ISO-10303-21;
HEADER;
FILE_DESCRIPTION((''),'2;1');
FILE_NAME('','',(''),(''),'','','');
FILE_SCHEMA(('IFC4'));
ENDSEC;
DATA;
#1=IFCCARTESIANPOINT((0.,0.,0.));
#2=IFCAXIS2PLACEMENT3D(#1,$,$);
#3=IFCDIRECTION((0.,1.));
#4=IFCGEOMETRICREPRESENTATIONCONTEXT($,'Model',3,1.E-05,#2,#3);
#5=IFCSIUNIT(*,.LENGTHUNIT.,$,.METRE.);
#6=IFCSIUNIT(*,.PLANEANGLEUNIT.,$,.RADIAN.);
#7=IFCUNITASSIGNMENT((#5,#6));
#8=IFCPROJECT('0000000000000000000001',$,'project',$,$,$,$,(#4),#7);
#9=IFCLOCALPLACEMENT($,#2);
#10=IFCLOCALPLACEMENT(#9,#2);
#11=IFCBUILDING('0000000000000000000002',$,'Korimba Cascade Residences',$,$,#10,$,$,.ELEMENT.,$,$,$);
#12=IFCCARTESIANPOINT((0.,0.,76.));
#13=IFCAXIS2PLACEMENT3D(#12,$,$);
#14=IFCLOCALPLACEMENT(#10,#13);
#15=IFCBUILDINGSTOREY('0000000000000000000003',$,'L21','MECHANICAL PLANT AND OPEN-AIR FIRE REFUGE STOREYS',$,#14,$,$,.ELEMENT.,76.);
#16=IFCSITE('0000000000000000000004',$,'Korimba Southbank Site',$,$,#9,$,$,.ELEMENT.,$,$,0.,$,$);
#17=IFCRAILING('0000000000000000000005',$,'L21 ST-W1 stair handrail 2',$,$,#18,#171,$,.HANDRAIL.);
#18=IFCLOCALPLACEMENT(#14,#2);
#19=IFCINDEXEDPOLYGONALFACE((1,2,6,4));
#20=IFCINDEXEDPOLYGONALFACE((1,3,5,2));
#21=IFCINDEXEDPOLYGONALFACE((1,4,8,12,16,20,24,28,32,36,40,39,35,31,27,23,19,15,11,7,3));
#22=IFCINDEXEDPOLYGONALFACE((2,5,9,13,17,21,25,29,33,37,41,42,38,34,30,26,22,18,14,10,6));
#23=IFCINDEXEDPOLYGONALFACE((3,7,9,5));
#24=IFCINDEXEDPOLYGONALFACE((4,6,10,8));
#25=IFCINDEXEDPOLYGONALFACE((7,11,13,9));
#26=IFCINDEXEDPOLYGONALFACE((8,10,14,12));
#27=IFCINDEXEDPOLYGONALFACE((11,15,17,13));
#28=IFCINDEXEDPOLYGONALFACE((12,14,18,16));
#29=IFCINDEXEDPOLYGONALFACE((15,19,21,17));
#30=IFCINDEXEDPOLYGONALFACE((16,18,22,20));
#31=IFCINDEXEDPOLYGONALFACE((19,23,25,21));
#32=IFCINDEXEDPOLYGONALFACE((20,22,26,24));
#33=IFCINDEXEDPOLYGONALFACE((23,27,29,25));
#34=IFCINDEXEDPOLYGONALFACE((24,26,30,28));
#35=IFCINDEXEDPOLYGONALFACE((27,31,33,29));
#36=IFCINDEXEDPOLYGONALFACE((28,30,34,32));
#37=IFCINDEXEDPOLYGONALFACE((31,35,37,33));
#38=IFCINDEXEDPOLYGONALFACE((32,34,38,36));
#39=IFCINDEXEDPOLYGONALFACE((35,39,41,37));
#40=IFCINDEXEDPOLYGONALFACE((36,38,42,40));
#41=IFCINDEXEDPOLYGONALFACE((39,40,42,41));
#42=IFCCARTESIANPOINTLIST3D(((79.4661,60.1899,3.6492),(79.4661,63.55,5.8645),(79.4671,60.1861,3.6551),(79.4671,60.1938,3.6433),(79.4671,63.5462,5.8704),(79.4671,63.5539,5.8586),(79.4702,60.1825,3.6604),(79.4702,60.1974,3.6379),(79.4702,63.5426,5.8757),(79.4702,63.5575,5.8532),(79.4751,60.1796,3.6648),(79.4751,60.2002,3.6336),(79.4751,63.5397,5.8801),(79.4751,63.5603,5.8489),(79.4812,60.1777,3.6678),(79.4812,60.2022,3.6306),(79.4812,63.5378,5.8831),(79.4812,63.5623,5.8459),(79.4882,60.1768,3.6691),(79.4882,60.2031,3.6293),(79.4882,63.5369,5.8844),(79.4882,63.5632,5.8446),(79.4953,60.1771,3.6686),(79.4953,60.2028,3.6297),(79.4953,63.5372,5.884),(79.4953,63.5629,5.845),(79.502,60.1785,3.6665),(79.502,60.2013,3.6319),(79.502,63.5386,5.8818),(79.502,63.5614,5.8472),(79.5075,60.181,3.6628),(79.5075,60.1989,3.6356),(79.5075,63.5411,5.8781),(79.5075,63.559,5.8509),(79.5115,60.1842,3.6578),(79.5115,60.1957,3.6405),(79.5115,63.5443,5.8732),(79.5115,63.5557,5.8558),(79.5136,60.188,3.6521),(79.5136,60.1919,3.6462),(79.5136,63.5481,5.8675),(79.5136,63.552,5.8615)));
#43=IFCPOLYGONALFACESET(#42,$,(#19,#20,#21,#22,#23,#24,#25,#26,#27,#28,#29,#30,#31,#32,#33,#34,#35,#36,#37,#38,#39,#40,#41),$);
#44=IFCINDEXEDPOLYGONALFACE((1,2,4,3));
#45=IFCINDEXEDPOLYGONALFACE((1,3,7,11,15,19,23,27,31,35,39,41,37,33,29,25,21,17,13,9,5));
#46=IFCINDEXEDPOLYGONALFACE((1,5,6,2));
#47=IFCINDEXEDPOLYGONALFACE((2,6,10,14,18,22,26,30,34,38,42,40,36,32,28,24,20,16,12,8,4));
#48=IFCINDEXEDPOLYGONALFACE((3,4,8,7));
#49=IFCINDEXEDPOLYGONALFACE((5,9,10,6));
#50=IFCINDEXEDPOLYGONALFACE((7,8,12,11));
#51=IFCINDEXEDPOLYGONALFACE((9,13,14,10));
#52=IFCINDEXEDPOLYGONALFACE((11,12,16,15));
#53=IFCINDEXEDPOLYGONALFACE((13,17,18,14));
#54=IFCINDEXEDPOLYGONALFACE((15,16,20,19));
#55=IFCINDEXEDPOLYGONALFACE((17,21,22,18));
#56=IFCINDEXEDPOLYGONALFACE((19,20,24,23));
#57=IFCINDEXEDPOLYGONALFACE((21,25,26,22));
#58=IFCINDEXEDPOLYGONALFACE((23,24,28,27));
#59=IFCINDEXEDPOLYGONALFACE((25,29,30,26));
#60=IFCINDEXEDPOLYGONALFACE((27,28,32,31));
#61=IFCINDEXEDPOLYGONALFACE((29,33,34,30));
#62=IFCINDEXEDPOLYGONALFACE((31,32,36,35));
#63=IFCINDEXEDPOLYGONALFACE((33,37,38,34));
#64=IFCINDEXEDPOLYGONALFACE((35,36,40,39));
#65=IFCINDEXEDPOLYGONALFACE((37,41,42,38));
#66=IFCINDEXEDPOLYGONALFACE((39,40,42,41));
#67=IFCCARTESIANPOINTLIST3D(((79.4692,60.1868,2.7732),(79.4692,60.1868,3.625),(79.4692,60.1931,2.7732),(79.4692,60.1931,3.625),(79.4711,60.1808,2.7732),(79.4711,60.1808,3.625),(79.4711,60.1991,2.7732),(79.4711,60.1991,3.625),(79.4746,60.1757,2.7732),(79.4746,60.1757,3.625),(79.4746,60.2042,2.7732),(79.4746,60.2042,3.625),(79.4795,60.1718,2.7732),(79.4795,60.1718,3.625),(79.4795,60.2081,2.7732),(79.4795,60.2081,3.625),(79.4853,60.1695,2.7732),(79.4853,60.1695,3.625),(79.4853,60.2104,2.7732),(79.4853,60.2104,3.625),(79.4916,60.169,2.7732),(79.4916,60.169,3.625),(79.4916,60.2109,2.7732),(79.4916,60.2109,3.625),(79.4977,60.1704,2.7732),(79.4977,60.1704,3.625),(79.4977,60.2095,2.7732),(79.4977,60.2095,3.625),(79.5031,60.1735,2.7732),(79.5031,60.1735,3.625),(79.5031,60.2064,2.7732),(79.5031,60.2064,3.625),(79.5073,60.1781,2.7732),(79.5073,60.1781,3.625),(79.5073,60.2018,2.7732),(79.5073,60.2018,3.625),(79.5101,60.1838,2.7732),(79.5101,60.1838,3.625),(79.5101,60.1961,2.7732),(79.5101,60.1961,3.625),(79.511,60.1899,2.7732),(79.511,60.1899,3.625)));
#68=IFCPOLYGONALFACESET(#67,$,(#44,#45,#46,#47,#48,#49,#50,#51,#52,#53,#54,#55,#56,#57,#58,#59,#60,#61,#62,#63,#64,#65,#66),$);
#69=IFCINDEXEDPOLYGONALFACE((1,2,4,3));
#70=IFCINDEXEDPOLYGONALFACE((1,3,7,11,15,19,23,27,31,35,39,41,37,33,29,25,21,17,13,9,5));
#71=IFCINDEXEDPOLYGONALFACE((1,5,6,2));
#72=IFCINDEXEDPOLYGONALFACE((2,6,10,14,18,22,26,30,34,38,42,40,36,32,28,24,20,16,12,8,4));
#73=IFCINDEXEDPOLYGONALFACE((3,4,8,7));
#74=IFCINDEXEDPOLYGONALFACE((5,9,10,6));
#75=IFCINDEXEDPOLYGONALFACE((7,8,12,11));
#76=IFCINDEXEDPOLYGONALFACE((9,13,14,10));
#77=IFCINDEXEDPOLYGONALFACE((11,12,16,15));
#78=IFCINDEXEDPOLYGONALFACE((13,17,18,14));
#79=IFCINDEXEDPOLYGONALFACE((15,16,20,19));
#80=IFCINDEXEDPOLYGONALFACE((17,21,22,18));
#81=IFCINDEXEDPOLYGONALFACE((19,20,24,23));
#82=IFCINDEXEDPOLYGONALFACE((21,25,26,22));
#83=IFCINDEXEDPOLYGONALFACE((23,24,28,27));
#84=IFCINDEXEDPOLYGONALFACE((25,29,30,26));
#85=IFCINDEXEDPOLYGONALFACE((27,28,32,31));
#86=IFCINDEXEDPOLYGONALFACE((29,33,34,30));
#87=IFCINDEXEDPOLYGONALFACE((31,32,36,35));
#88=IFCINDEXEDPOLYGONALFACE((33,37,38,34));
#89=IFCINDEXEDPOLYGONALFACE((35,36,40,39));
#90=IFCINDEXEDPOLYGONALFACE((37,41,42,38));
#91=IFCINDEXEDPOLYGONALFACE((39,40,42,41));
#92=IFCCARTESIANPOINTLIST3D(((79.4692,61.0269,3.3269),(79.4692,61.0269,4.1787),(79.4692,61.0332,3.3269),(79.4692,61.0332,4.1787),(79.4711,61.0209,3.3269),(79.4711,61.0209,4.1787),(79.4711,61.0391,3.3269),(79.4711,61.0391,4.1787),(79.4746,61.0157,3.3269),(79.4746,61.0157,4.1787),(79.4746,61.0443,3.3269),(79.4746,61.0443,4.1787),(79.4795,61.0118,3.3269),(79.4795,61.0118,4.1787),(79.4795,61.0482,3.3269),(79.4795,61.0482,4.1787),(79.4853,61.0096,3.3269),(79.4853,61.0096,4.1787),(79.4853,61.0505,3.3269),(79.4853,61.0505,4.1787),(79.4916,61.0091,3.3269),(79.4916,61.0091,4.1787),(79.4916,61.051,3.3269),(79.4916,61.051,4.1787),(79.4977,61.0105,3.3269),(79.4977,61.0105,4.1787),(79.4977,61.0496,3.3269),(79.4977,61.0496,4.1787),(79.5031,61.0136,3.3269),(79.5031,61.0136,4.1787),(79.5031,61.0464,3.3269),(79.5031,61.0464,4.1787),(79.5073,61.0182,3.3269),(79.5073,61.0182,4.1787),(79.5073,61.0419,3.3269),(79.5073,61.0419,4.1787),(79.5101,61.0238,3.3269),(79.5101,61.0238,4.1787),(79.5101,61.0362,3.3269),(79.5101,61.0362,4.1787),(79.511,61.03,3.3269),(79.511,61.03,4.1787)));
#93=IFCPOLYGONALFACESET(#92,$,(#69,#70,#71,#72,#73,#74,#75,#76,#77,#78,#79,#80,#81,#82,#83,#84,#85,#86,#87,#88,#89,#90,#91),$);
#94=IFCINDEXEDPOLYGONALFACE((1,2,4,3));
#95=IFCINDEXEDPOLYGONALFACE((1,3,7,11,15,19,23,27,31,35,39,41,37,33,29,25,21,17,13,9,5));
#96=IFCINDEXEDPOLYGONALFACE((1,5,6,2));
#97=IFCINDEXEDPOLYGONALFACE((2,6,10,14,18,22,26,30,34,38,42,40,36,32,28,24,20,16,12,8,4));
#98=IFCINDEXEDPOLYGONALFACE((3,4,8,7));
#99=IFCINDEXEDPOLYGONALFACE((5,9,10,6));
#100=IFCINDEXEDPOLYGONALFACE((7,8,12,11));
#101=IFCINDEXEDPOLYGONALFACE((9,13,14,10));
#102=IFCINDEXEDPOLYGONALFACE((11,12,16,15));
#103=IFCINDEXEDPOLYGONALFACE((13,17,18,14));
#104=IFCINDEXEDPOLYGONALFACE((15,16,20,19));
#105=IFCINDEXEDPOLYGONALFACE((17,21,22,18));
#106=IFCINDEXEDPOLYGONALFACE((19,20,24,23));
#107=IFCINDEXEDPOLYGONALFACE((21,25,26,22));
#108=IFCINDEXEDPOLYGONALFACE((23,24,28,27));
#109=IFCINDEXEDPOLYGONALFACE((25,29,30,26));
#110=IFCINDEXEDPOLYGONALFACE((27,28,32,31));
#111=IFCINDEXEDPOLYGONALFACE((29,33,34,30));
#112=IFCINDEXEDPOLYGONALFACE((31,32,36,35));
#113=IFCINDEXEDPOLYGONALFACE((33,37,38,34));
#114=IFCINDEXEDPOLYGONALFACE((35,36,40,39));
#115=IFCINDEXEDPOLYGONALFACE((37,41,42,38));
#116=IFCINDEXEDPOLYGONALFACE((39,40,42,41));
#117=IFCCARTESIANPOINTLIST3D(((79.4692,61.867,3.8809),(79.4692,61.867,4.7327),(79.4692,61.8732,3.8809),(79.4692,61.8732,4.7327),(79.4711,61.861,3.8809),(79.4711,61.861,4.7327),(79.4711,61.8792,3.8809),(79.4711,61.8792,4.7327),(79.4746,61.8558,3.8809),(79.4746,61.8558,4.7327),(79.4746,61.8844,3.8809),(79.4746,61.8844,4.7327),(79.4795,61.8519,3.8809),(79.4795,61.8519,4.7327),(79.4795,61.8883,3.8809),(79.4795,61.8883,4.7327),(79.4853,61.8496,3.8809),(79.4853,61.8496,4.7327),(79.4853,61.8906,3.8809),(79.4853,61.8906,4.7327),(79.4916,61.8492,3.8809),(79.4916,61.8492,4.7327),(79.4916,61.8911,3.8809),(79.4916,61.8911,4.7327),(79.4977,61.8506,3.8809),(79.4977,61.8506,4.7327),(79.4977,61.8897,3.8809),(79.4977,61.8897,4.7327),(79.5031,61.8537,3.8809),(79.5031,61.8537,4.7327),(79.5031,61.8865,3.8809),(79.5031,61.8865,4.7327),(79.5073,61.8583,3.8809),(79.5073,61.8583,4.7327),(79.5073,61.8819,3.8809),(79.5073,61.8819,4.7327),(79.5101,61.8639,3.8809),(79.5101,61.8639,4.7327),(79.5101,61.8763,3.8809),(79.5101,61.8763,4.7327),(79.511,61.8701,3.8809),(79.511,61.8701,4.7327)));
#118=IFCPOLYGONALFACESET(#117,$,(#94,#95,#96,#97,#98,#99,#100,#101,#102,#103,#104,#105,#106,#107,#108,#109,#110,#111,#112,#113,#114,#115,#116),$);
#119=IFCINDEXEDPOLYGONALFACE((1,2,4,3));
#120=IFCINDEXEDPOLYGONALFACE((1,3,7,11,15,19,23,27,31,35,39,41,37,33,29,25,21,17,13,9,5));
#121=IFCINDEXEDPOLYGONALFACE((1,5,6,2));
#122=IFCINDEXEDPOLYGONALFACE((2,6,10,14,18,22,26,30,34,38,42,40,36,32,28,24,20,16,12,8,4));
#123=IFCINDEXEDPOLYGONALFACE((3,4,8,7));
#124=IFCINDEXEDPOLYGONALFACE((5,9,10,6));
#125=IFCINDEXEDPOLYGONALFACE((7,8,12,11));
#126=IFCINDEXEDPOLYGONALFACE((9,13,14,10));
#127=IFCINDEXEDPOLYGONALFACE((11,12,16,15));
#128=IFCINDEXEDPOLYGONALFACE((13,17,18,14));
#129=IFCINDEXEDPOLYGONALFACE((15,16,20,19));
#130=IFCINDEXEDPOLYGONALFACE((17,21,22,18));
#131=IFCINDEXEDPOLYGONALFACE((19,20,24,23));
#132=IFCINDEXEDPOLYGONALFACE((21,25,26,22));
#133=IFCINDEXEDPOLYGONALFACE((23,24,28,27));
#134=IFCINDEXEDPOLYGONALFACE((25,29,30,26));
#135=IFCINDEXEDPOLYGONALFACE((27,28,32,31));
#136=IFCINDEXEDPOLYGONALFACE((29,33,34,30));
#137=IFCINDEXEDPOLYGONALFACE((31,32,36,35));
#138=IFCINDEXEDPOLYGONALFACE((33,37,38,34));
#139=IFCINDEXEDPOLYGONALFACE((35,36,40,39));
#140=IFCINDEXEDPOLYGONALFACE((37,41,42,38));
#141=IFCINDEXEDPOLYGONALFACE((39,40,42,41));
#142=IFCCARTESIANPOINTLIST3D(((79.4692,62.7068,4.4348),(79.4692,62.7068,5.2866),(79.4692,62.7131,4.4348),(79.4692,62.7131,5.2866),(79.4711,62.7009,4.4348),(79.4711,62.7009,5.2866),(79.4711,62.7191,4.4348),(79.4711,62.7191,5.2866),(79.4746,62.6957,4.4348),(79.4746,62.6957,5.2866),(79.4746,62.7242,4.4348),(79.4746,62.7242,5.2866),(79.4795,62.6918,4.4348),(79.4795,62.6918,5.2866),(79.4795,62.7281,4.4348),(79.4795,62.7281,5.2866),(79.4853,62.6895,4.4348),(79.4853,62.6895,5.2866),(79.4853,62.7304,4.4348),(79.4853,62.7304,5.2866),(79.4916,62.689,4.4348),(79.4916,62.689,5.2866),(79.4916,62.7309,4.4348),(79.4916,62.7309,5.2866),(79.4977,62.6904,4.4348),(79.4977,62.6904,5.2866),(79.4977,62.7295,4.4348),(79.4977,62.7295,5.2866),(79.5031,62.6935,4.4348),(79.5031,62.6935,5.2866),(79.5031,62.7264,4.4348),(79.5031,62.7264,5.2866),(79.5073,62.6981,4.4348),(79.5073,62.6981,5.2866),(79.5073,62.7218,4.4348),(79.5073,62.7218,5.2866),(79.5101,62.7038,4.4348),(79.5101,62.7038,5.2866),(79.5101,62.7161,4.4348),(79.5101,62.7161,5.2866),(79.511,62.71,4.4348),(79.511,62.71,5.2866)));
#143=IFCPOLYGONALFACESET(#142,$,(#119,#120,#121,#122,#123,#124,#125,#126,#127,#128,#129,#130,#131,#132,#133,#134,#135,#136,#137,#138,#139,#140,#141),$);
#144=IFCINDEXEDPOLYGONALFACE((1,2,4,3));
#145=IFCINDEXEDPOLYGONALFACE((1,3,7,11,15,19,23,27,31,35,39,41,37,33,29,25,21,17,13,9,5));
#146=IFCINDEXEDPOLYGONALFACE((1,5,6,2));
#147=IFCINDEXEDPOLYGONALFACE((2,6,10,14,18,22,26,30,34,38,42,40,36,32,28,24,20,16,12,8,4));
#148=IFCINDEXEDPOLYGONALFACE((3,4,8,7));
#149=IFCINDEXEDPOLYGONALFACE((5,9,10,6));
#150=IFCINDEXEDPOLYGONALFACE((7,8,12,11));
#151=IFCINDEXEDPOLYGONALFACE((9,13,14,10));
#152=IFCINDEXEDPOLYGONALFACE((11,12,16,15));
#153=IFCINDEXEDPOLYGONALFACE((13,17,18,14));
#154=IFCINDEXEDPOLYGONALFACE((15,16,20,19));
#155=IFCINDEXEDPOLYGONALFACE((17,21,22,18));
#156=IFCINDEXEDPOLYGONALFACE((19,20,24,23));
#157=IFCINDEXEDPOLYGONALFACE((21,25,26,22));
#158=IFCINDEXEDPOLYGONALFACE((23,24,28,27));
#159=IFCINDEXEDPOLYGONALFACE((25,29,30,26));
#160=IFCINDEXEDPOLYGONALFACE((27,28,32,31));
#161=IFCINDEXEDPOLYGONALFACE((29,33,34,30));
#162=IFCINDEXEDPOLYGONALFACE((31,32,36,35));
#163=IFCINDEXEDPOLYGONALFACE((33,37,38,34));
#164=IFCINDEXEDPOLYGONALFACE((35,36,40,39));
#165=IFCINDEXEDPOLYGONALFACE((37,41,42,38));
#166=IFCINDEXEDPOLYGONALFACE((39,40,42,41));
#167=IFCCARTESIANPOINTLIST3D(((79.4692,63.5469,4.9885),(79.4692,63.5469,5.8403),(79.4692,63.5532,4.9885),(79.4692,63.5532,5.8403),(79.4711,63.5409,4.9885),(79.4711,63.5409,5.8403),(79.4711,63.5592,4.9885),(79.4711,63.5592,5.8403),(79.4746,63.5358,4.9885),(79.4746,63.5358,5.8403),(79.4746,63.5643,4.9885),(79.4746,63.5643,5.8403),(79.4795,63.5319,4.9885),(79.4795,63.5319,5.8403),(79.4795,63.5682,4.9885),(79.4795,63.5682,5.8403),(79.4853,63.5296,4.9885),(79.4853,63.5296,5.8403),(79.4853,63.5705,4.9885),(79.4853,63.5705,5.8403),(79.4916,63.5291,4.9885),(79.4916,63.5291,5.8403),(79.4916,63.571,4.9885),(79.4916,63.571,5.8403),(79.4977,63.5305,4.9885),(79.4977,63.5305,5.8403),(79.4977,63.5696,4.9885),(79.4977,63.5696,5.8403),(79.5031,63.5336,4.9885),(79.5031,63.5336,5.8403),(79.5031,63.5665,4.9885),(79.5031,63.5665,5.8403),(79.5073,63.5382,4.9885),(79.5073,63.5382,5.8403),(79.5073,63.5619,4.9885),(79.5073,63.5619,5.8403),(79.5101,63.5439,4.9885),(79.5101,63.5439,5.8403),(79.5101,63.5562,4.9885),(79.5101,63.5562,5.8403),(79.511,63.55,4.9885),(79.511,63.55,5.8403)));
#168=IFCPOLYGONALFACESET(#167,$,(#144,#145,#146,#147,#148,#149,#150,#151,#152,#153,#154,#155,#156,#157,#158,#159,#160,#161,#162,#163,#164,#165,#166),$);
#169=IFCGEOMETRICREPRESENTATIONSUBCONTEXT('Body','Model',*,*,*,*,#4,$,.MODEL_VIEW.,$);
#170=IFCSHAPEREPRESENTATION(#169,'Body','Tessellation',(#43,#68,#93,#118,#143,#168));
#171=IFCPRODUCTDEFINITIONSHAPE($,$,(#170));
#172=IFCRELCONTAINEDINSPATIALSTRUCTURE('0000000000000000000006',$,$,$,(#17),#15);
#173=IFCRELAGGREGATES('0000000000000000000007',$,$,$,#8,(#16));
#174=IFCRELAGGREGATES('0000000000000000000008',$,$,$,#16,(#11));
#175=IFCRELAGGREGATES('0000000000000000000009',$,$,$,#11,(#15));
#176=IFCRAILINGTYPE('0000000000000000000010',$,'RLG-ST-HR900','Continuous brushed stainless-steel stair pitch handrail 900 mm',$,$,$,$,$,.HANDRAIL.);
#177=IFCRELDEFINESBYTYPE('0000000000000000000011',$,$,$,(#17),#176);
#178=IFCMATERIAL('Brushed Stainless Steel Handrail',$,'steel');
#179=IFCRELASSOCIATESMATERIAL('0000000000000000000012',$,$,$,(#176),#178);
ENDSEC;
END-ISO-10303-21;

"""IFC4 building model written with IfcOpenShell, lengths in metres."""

from ifc_helpers import new_model, si_unit, direction, frame, origin, origin_2d, place, context, subcontext, project, spatial, circle, extrude, material, type_object, element, save


model = new_model("IFC4")

# Units and contexts
model_context = context("Model", 3, precision=1e-05, world=origin(), true_north=direction((0.0, 1.0)))
body_context = subcontext(model_context, "Body", "Model", "MODEL_VIEW")
ifc_project = project(units=[si_unit("LENGTHUNIT", "METRE"), si_unit("PLANEANGLEUNIT", "RADIAN")], contexts=[model_context])

# Site, building, storey
site_placement = place(None, origin())
site = spatial("IfcSite", under=ifc_project, at=site_placement, Name="Korimba Southbank Site", CompositionType="ELEMENT", RefElevation=0.0)
building_placement = place(site_placement, origin())
building = spatial("IfcBuilding", under=site, at=building_placement, Name="Korimba Cascade Residences", CompositionType="ELEMENT")
storey_placement = place(building_placement, frame((0.0, 0.0, 76.0)))
storey = spatial("IfcBuildingStorey", under=building, at=storey_placement, Name="L21", Description="MECHANICAL PLANT AND OPEN-AIR FIRE REFUGE STOREYS", CompositionType="ELEMENT", Elevation=76.0)

# Railing
ifc_material_1 = material(Name="Brushed Stainless Steel Handrail", Category="steel")
railing_type_1 = type_object("IfcRailingType", Name="RLG-ST-HR900", Description="Continuous brushed stainless-steel stair pitch handrail 900 mm", PredefinedType="HANDRAIL", material=ifc_material_1)
railing_1_placement = place(storey_placement, frame((79.49, 60.1899, 2.7732)))
element("IfcRailing", 1, at=railing_1_placement, inside=storey, type_object=railing_type_1, Name="L21 ST-W1 stair handrail 2", PredefinedType="HANDRAIL", context=body_context, shape_type="SweptSolid", body=[
    extrude(circle(Radius=0.0239, at=origin_2d()), frame((0.0, 0.0, 0.876), z_axis=(0.0, 0.834876, 0.550437), x_axis=(-1.0, 0.0, 0.0)), (0.0, 0.0, 1.0), 4.0247),
    extrude(circle(Radius=0.021, at=origin_2d()), origin(), (0.0, 0.0, 1.0), 0.8518),
    extrude(circle(Radius=0.021, at=origin_2d()), frame((0.0, 0.8401, 0.5537)), (0.0, 0.0, 1.0), 0.8518),
    extrude(circle(Radius=0.021, at=origin_2d()), frame((0.0, 1.6802, 1.1077)), (0.0, 0.0, 1.0), 0.8518),
    extrude(circle(Radius=0.021, at=origin_2d()), frame((0.0, 2.52, 1.6616)), (0.0, 0.0, 1.0), 0.8518),
    extrude(circle(Radius=0.021, at=origin_2d()), frame((0.0, 3.3601, 2.2153)), (0.0, 0.0, 1.0), 0.8518),
])

save(model, "model.ifc")
